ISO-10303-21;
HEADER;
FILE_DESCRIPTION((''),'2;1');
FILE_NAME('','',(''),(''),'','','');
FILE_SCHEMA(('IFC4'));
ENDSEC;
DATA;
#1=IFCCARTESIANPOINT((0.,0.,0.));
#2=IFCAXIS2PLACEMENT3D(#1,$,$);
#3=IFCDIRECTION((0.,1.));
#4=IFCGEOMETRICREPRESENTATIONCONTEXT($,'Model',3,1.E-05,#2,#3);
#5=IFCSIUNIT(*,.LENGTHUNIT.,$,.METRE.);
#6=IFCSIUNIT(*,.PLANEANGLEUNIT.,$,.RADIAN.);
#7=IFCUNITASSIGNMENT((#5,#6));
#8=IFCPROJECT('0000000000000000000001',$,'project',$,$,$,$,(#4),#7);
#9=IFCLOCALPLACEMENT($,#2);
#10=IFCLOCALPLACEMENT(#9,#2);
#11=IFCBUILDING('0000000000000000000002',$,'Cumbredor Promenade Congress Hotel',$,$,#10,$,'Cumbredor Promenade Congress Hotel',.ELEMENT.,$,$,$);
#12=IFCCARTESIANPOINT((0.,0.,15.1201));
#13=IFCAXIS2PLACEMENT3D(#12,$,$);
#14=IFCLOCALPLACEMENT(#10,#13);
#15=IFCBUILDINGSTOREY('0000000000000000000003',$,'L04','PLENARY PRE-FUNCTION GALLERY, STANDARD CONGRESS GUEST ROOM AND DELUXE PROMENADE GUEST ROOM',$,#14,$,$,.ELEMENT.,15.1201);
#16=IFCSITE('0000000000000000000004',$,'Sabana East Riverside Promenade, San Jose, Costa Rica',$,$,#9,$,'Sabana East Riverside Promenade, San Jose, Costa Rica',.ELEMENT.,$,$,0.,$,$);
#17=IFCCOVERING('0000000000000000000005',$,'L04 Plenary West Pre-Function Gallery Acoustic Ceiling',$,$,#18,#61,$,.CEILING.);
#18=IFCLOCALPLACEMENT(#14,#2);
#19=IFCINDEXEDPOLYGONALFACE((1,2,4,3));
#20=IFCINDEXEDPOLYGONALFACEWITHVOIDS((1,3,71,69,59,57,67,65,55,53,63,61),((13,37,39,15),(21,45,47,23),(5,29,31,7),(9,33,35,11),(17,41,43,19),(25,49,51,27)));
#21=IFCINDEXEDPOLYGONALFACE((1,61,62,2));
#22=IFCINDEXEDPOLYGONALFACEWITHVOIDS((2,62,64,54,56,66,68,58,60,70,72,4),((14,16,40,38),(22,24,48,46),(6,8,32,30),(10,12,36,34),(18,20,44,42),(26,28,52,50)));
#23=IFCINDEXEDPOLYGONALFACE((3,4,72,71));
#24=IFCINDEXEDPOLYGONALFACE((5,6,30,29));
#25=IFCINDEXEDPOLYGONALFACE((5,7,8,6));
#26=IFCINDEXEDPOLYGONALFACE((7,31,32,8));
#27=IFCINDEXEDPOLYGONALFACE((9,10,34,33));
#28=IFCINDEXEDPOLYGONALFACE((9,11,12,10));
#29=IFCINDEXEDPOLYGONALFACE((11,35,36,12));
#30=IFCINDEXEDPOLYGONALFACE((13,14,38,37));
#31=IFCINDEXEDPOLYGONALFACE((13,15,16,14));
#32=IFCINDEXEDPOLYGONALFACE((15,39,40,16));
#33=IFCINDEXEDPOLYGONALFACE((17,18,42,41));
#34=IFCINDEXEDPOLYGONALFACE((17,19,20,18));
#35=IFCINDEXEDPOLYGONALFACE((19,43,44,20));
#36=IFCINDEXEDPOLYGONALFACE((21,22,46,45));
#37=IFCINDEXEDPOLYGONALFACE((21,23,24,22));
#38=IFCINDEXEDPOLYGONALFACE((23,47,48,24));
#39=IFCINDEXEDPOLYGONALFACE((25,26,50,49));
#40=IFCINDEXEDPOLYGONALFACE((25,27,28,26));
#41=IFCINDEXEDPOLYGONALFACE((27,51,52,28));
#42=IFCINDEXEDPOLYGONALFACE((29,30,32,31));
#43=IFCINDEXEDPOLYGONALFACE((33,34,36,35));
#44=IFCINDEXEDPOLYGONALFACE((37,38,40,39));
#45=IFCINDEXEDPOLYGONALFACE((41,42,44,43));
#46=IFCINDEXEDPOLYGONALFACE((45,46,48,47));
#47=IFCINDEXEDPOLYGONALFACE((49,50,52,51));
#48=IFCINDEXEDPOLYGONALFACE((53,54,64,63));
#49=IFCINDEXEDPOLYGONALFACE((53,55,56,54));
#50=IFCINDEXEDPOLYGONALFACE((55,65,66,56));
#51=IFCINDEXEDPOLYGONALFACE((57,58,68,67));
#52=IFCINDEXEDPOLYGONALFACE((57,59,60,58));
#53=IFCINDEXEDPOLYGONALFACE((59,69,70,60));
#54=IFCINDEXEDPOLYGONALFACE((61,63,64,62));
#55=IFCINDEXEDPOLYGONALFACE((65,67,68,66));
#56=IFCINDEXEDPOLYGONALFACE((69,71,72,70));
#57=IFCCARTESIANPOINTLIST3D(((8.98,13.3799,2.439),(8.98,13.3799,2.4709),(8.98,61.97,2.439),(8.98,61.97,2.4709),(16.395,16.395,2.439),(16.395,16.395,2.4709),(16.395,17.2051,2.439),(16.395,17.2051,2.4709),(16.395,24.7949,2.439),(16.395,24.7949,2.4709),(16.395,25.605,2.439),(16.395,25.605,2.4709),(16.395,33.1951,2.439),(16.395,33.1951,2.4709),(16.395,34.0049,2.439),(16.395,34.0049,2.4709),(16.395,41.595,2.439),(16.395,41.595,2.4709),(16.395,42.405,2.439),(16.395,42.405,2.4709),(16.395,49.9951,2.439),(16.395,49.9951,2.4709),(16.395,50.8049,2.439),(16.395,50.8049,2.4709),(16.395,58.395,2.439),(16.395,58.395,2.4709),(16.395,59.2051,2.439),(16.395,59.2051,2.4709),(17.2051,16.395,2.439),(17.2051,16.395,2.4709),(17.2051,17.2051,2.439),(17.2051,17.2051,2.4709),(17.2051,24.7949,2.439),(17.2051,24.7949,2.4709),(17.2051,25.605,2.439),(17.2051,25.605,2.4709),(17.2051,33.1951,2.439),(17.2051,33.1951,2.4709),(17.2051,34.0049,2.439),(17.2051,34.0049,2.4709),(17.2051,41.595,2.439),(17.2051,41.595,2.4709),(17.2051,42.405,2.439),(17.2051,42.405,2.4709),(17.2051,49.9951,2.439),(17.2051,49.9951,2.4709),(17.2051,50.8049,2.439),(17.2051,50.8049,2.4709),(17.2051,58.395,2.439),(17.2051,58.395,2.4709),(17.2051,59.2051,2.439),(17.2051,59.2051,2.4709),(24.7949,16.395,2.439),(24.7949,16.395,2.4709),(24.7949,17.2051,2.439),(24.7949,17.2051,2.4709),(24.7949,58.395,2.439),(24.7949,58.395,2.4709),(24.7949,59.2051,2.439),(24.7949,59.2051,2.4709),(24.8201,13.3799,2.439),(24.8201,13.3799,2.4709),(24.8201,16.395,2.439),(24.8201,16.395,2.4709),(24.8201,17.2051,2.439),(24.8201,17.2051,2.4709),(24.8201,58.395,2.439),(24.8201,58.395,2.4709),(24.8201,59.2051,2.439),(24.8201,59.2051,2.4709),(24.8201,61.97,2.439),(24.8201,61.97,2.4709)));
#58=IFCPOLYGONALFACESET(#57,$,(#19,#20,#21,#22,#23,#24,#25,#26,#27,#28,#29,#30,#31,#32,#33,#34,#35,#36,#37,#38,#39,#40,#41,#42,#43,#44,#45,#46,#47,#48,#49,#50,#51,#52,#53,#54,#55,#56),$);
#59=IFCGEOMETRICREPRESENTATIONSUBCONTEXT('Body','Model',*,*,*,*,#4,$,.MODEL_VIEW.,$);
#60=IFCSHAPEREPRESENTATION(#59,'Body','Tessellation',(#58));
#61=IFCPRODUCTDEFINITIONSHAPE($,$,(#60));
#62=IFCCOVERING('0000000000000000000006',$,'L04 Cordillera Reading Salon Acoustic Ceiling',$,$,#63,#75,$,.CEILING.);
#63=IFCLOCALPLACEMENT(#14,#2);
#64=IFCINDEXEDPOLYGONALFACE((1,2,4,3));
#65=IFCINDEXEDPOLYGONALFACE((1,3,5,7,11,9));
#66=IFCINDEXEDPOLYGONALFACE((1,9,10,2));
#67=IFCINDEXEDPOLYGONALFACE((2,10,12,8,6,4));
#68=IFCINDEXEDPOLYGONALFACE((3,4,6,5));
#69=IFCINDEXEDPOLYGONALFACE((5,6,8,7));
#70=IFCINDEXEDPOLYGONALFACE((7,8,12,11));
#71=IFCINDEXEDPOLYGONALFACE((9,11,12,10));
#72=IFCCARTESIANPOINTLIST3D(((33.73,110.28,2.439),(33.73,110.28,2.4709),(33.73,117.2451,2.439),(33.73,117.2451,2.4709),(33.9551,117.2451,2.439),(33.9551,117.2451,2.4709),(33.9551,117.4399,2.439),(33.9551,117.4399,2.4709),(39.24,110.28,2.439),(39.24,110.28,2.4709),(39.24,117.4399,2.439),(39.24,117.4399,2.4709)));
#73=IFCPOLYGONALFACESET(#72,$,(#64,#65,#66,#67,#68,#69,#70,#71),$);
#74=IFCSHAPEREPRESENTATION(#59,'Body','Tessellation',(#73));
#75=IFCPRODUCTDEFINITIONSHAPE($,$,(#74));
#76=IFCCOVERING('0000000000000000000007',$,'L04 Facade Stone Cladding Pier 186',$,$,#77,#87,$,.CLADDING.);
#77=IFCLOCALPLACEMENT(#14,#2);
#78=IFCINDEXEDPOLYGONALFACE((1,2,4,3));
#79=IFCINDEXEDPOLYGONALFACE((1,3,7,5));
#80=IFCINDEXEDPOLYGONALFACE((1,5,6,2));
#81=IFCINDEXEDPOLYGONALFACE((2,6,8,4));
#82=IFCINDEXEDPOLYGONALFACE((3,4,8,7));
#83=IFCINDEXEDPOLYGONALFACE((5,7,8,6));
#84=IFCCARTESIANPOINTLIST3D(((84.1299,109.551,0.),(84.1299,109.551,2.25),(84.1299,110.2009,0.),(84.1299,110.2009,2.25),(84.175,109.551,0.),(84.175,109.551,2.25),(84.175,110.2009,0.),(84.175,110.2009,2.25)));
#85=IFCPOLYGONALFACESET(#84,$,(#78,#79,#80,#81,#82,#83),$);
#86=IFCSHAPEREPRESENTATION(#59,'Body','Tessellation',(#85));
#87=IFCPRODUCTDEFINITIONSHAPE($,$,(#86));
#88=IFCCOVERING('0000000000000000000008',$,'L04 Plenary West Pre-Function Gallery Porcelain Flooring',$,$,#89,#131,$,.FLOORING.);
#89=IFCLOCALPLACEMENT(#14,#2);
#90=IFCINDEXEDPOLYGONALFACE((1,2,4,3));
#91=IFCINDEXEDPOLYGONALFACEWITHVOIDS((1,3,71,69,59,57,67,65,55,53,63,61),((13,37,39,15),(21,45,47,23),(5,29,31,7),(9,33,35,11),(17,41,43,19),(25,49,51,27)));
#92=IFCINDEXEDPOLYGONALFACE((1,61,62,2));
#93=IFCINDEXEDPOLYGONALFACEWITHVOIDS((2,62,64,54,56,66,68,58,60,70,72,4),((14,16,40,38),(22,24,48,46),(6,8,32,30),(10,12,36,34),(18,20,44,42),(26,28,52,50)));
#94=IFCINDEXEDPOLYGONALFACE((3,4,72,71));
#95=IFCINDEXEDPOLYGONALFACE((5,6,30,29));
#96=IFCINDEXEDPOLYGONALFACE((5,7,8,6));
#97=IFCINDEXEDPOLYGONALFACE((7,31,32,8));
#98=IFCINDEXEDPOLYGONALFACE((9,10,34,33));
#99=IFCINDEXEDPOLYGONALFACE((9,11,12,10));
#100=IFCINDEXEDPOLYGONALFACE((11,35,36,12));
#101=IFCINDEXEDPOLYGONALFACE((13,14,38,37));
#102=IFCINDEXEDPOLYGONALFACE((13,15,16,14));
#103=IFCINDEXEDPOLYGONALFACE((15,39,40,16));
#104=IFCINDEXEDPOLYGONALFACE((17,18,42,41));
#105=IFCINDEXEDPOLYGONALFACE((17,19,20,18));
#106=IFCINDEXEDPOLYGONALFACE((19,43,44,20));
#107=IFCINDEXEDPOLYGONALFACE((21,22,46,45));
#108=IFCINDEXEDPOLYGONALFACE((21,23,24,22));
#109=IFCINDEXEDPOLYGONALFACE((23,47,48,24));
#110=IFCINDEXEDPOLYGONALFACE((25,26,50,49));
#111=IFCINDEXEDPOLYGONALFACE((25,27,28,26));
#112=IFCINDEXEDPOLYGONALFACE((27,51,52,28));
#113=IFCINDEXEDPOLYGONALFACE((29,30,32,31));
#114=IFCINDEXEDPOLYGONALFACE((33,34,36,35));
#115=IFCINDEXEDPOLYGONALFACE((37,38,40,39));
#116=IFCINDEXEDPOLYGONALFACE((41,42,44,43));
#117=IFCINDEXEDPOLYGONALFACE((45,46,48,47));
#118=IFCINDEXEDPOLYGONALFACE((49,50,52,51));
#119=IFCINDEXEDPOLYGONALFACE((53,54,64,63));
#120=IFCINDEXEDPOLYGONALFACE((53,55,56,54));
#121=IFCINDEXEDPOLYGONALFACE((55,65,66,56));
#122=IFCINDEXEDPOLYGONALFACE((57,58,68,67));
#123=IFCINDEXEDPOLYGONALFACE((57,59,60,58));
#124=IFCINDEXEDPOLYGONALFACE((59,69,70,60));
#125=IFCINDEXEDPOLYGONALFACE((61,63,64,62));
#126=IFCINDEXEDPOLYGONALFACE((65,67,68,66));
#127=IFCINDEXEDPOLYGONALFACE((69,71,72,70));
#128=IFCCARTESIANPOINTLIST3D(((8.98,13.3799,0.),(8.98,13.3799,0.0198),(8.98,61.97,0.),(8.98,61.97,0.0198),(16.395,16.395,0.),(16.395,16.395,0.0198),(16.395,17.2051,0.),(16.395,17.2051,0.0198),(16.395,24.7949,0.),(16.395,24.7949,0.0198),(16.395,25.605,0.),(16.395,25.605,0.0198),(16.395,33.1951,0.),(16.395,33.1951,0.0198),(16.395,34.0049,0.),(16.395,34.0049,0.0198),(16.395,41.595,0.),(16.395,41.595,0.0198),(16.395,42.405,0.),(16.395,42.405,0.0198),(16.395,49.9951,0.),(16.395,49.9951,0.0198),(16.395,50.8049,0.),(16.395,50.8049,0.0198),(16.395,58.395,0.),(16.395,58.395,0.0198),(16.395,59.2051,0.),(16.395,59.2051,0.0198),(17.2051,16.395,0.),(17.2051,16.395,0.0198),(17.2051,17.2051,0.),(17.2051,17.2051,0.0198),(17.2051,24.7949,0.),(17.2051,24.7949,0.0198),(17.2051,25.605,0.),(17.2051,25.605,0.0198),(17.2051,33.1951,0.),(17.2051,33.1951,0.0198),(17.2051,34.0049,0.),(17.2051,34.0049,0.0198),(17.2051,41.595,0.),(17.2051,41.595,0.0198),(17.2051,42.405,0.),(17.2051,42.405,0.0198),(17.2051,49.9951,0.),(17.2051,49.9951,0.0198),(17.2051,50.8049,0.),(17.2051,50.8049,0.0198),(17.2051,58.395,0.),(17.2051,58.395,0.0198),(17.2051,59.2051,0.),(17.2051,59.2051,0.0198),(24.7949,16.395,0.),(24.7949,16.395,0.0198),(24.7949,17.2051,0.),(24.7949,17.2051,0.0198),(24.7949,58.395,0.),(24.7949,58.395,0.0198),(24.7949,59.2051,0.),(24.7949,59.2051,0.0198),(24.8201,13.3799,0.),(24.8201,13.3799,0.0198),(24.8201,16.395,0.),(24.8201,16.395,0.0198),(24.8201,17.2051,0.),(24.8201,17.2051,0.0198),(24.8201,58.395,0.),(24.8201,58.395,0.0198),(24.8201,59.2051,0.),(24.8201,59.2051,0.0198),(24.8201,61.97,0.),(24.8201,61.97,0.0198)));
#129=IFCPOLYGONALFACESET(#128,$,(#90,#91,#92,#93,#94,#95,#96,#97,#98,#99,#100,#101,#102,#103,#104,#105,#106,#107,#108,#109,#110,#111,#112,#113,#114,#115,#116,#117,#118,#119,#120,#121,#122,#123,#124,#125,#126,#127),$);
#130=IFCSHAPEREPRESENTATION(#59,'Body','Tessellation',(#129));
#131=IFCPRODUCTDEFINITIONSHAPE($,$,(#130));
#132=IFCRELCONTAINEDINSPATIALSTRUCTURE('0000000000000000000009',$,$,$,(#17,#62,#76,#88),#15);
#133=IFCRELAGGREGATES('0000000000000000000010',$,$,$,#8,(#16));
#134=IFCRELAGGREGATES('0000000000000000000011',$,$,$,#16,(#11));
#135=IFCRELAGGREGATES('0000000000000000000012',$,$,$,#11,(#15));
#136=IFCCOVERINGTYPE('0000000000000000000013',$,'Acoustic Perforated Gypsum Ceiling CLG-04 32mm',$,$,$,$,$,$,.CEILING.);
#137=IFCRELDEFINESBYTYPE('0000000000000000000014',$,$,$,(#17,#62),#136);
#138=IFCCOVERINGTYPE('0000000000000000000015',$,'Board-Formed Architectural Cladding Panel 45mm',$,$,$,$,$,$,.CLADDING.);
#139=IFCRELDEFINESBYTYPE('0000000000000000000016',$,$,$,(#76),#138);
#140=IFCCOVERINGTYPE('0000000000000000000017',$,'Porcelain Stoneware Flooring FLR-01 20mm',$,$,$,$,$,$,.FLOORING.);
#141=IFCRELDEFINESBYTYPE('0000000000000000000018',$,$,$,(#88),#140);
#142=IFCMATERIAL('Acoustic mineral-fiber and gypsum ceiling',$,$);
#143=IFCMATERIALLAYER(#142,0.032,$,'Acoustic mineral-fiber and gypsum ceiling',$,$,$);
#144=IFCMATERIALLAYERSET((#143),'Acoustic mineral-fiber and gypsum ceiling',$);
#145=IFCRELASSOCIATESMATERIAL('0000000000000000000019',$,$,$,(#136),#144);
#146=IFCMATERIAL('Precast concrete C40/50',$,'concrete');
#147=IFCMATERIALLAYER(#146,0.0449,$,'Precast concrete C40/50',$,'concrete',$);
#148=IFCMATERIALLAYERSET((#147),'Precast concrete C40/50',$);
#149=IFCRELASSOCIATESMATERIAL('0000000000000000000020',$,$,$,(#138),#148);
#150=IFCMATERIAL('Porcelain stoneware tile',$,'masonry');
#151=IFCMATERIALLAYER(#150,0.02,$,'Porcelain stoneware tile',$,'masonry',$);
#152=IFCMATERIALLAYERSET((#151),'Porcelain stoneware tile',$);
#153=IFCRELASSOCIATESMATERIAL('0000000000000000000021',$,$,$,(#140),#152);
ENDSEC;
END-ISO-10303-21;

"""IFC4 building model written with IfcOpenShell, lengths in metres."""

from ifc_helpers import new_model, si_unit, direction, frame, origin, place, context, subcontext, project, spatial, polyline, outline, extrude, material, layer, layer_set, type_object, element, save


model = new_model("IFC4")

# Units and contexts
model_context = context("Model", 3, precision=1e-05, world=origin(), true_north=direction((0.0, 1.0)))
body_context = subcontext(model_context, "Body", "Model", "MODEL_VIEW")
ifc_project = project(units=[si_unit("LENGTHUNIT", "METRE"), si_unit("PLANEANGLEUNIT", "RADIAN")], contexts=[model_context])

# Site, building, storey
site_placement = place(None, origin())
site = spatial("IfcSite", under=ifc_project, at=site_placement, Name="Sabana East Riverside Promenade, San Jose, Costa Rica", LongName="Sabana East Riverside Promenade, San Jose, Costa Rica", CompositionType="ELEMENT", RefElevation=0.0)
building_placement = place(site_placement, origin())
building = spatial("IfcBuilding", under=site, at=building_placement, Name="Cumbredor Promenade Congress Hotel", LongName="Cumbredor Promenade Congress Hotel", CompositionType="ELEMENT")
storey_placement = place(building_placement, frame((0.0, 0.0, 15.1201)))
storey = spatial("IfcBuildingStorey", under=building, at=storey_placement, Name="L04", Description="PLENARY PRE-FUNCTION GALLERY, STANDARD CONGRESS GUEST ROOM AND DELUXE PROMENADE GUEST ROOM", CompositionType="ELEMENT", Elevation=15.1201)

# Coverings
ifc_material_1 = material(Name="Acoustic mineral-fiber and gypsum ceiling")
ifc_layer_1 = layer(ifc_material_1, 0.032, Name="Acoustic mineral-fiber and gypsum ceiling")
ifc_layer_set_1 = layer_set([ifc_layer_1], Name="Acoustic mineral-fiber and gypsum ceiling")
covering_type_1 = type_object("IfcCoveringType", Name="Acoustic Perforated Gypsum Ceiling CLG-04 32mm", PredefinedType="CEILING", material=ifc_layer_set_1)
covering_1_placement = place(storey_placement, frame((0.0, 0.0, 2.439)))
element("IfcCovering", 1, at=covering_1_placement, inside=storey, type_object=covering_type_1, Name="L04 Plenary West Pre-Function Gallery Acoustic Ceiling", PredefinedType="CEILING", context=body_context, shape_type="SweptSolid", body=[
    extrude(outline(polyline([(8.98, 61.97), (24.8201, 61.97), (24.8201, 59.2051), (24.7949, 59.2051), (24.7949, 58.395), (24.8201, 58.395), (24.8201, 17.2051), (24.7949, 17.2051), (24.7949, 16.395), (24.8201, 16.395), (24.8201, 13.3799), (8.98, 13.3799), (8.98, 61.97)]), holes=[polyline([(17.2051, 16.395), (17.2051, 17.2051), (16.395, 17.2051), (16.395, 16.395), (17.2051, 16.395)]), polyline([(16.395, 24.7949), (17.2051, 24.7949), (17.2051, 25.605), (16.395, 25.605), (16.395, 24.7949)]), polyline([(16.395, 34.0049), (16.395, 33.1951), (17.2051, 33.1951), (17.2051, 34.0049), (16.395, 34.0049)]), polyline([(17.2051, 42.405), (16.395, 42.405), (16.395, 41.595), (17.2051, 41.595), (17.2051, 42.405)]), polyline([(17.2051, 49.9951), (17.2051, 50.8049), (16.395, 50.8049), (16.395, 49.9951), (17.2051, 49.9951)]), polyline([(16.395, 58.395), (17.2051, 58.395), (17.2051, 59.2051), (16.395, 59.2051), (16.395, 58.395)])]), origin(), (0.0, 0.0, 1.0), 0.032),
])
covering_2_placement = place(storey_placement, frame((0.0, 0.0, 2.439)))
element("IfcCovering", 2, at=covering_2_placement, inside=storey, type_object=covering_type_1, Name="L04 Cordillera Reading Salon Acoustic Ceiling", PredefinedType="CEILING", context=body_context, shape_type="SweptSolid", body=[
    extrude(outline(polyline([(39.24, 117.4399), (39.24, 110.28), (33.73, 110.28), (33.73, 117.2451), (33.9551, 117.2451), (33.9551, 117.4399), (39.24, 117.4399)])), origin(), (0.0, 0.0, 1.0), 0.032),
])
ifc_material_2 = material(Name="Precast concrete C40/50", Category="concrete")
ifc_layer_2 = layer(ifc_material_2, 0.0449, Name="Precast concrete C40/50", Category="concrete")
ifc_layer_set_2 = layer_set([ifc_layer_2], Name="Precast concrete C40/50")
covering_type_2 = type_object("IfcCoveringType", Name="Board-Formed Architectural Cladding Panel 45mm", PredefinedType="CLADDING", material=ifc_layer_set_2)
covering_3_placement = place(storey_placement, origin())
element("IfcCovering", 3, at=covering_3_placement, inside=storey, type_object=covering_type_2, Name="L04 Facade Stone Cladding Pier 186", PredefinedType="CLADDING", context=body_context, shape_type="SweptSolid", body=[
    extrude(outline(polyline([(84.1299, 109.551), (84.1299, 110.2009), (84.175, 110.2009), (84.175, 109.551), (84.1299, 109.551)])), origin(), (0.0, 0.0, 1.0), 2.25),
])
ifc_material_3 = material(Name="Porcelain stoneware tile", Category="masonry")
ifc_layer_3 = layer(ifc_material_3, 0.02, Name="Porcelain stoneware tile", Category="masonry")
ifc_layer_set_3 = layer_set([ifc_layer_3], Name="Porcelain stoneware tile")
covering_type_3 = type_object("IfcCoveringType", Name="Porcelain Stoneware Flooring FLR-01 20mm", PredefinedType="FLOORING", material=ifc_layer_set_3)
covering_4_placement = place(storey_placement, origin())
element("IfcCovering", 4, at=covering_4_placement, inside=storey, type_object=covering_type_3, Name="L04 Plenary West Pre-Function Gallery Porcelain Flooring", PredefinedType="FLOORING", context=body_context, shape_type="SweptSolid", body=[
    extrude(outline(polyline([(8.98, 61.97), (24.8201, 61.97), (24.8201, 59.2051), (24.7949, 59.2051), (24.7949, 58.395), (24.8201, 58.395), (24.8201, 17.2051), (24.7949, 17.2051), (24.7949, 16.395), (24.8201, 16.395), (24.8201, 13.3799), (8.98, 13.3799), (8.98, 61.97)]), holes=[polyline([(17.2051, 16.395), (17.2051, 17.2051), (16.395, 17.2051), (16.395, 16.395), (17.2051, 16.395)]), polyline([(16.395, 24.7949), (17.2051, 24.7949), (17.2051, 25.605), (16.395, 25.605), (16.395, 24.7949)]), polyline([(16.395, 34.0049), (16.395, 33.1951), (17.2051, 33.1951), (17.2051, 34.0049), (16.395, 34.0049)]), polyline([(17.2051, 42.405), (16.395, 42.405), (16.395, 41.595), (17.2051, 41.595), (17.2051, 42.405)]), polyline([(17.2051, 49.9951), (17.2051, 50.8049), (16.395, 50.8049), (16.395, 49.9951), (17.2051, 49.9951)]), polyline([(16.395, 58.395), (17.2051, 58.395), (17.2051, 59.2051), (16.395, 59.2051), (16.395, 58.395)])]), origin(), (0.0, 0.0, 1.0), 0.0198),
])

save(model, "model.ifc")
